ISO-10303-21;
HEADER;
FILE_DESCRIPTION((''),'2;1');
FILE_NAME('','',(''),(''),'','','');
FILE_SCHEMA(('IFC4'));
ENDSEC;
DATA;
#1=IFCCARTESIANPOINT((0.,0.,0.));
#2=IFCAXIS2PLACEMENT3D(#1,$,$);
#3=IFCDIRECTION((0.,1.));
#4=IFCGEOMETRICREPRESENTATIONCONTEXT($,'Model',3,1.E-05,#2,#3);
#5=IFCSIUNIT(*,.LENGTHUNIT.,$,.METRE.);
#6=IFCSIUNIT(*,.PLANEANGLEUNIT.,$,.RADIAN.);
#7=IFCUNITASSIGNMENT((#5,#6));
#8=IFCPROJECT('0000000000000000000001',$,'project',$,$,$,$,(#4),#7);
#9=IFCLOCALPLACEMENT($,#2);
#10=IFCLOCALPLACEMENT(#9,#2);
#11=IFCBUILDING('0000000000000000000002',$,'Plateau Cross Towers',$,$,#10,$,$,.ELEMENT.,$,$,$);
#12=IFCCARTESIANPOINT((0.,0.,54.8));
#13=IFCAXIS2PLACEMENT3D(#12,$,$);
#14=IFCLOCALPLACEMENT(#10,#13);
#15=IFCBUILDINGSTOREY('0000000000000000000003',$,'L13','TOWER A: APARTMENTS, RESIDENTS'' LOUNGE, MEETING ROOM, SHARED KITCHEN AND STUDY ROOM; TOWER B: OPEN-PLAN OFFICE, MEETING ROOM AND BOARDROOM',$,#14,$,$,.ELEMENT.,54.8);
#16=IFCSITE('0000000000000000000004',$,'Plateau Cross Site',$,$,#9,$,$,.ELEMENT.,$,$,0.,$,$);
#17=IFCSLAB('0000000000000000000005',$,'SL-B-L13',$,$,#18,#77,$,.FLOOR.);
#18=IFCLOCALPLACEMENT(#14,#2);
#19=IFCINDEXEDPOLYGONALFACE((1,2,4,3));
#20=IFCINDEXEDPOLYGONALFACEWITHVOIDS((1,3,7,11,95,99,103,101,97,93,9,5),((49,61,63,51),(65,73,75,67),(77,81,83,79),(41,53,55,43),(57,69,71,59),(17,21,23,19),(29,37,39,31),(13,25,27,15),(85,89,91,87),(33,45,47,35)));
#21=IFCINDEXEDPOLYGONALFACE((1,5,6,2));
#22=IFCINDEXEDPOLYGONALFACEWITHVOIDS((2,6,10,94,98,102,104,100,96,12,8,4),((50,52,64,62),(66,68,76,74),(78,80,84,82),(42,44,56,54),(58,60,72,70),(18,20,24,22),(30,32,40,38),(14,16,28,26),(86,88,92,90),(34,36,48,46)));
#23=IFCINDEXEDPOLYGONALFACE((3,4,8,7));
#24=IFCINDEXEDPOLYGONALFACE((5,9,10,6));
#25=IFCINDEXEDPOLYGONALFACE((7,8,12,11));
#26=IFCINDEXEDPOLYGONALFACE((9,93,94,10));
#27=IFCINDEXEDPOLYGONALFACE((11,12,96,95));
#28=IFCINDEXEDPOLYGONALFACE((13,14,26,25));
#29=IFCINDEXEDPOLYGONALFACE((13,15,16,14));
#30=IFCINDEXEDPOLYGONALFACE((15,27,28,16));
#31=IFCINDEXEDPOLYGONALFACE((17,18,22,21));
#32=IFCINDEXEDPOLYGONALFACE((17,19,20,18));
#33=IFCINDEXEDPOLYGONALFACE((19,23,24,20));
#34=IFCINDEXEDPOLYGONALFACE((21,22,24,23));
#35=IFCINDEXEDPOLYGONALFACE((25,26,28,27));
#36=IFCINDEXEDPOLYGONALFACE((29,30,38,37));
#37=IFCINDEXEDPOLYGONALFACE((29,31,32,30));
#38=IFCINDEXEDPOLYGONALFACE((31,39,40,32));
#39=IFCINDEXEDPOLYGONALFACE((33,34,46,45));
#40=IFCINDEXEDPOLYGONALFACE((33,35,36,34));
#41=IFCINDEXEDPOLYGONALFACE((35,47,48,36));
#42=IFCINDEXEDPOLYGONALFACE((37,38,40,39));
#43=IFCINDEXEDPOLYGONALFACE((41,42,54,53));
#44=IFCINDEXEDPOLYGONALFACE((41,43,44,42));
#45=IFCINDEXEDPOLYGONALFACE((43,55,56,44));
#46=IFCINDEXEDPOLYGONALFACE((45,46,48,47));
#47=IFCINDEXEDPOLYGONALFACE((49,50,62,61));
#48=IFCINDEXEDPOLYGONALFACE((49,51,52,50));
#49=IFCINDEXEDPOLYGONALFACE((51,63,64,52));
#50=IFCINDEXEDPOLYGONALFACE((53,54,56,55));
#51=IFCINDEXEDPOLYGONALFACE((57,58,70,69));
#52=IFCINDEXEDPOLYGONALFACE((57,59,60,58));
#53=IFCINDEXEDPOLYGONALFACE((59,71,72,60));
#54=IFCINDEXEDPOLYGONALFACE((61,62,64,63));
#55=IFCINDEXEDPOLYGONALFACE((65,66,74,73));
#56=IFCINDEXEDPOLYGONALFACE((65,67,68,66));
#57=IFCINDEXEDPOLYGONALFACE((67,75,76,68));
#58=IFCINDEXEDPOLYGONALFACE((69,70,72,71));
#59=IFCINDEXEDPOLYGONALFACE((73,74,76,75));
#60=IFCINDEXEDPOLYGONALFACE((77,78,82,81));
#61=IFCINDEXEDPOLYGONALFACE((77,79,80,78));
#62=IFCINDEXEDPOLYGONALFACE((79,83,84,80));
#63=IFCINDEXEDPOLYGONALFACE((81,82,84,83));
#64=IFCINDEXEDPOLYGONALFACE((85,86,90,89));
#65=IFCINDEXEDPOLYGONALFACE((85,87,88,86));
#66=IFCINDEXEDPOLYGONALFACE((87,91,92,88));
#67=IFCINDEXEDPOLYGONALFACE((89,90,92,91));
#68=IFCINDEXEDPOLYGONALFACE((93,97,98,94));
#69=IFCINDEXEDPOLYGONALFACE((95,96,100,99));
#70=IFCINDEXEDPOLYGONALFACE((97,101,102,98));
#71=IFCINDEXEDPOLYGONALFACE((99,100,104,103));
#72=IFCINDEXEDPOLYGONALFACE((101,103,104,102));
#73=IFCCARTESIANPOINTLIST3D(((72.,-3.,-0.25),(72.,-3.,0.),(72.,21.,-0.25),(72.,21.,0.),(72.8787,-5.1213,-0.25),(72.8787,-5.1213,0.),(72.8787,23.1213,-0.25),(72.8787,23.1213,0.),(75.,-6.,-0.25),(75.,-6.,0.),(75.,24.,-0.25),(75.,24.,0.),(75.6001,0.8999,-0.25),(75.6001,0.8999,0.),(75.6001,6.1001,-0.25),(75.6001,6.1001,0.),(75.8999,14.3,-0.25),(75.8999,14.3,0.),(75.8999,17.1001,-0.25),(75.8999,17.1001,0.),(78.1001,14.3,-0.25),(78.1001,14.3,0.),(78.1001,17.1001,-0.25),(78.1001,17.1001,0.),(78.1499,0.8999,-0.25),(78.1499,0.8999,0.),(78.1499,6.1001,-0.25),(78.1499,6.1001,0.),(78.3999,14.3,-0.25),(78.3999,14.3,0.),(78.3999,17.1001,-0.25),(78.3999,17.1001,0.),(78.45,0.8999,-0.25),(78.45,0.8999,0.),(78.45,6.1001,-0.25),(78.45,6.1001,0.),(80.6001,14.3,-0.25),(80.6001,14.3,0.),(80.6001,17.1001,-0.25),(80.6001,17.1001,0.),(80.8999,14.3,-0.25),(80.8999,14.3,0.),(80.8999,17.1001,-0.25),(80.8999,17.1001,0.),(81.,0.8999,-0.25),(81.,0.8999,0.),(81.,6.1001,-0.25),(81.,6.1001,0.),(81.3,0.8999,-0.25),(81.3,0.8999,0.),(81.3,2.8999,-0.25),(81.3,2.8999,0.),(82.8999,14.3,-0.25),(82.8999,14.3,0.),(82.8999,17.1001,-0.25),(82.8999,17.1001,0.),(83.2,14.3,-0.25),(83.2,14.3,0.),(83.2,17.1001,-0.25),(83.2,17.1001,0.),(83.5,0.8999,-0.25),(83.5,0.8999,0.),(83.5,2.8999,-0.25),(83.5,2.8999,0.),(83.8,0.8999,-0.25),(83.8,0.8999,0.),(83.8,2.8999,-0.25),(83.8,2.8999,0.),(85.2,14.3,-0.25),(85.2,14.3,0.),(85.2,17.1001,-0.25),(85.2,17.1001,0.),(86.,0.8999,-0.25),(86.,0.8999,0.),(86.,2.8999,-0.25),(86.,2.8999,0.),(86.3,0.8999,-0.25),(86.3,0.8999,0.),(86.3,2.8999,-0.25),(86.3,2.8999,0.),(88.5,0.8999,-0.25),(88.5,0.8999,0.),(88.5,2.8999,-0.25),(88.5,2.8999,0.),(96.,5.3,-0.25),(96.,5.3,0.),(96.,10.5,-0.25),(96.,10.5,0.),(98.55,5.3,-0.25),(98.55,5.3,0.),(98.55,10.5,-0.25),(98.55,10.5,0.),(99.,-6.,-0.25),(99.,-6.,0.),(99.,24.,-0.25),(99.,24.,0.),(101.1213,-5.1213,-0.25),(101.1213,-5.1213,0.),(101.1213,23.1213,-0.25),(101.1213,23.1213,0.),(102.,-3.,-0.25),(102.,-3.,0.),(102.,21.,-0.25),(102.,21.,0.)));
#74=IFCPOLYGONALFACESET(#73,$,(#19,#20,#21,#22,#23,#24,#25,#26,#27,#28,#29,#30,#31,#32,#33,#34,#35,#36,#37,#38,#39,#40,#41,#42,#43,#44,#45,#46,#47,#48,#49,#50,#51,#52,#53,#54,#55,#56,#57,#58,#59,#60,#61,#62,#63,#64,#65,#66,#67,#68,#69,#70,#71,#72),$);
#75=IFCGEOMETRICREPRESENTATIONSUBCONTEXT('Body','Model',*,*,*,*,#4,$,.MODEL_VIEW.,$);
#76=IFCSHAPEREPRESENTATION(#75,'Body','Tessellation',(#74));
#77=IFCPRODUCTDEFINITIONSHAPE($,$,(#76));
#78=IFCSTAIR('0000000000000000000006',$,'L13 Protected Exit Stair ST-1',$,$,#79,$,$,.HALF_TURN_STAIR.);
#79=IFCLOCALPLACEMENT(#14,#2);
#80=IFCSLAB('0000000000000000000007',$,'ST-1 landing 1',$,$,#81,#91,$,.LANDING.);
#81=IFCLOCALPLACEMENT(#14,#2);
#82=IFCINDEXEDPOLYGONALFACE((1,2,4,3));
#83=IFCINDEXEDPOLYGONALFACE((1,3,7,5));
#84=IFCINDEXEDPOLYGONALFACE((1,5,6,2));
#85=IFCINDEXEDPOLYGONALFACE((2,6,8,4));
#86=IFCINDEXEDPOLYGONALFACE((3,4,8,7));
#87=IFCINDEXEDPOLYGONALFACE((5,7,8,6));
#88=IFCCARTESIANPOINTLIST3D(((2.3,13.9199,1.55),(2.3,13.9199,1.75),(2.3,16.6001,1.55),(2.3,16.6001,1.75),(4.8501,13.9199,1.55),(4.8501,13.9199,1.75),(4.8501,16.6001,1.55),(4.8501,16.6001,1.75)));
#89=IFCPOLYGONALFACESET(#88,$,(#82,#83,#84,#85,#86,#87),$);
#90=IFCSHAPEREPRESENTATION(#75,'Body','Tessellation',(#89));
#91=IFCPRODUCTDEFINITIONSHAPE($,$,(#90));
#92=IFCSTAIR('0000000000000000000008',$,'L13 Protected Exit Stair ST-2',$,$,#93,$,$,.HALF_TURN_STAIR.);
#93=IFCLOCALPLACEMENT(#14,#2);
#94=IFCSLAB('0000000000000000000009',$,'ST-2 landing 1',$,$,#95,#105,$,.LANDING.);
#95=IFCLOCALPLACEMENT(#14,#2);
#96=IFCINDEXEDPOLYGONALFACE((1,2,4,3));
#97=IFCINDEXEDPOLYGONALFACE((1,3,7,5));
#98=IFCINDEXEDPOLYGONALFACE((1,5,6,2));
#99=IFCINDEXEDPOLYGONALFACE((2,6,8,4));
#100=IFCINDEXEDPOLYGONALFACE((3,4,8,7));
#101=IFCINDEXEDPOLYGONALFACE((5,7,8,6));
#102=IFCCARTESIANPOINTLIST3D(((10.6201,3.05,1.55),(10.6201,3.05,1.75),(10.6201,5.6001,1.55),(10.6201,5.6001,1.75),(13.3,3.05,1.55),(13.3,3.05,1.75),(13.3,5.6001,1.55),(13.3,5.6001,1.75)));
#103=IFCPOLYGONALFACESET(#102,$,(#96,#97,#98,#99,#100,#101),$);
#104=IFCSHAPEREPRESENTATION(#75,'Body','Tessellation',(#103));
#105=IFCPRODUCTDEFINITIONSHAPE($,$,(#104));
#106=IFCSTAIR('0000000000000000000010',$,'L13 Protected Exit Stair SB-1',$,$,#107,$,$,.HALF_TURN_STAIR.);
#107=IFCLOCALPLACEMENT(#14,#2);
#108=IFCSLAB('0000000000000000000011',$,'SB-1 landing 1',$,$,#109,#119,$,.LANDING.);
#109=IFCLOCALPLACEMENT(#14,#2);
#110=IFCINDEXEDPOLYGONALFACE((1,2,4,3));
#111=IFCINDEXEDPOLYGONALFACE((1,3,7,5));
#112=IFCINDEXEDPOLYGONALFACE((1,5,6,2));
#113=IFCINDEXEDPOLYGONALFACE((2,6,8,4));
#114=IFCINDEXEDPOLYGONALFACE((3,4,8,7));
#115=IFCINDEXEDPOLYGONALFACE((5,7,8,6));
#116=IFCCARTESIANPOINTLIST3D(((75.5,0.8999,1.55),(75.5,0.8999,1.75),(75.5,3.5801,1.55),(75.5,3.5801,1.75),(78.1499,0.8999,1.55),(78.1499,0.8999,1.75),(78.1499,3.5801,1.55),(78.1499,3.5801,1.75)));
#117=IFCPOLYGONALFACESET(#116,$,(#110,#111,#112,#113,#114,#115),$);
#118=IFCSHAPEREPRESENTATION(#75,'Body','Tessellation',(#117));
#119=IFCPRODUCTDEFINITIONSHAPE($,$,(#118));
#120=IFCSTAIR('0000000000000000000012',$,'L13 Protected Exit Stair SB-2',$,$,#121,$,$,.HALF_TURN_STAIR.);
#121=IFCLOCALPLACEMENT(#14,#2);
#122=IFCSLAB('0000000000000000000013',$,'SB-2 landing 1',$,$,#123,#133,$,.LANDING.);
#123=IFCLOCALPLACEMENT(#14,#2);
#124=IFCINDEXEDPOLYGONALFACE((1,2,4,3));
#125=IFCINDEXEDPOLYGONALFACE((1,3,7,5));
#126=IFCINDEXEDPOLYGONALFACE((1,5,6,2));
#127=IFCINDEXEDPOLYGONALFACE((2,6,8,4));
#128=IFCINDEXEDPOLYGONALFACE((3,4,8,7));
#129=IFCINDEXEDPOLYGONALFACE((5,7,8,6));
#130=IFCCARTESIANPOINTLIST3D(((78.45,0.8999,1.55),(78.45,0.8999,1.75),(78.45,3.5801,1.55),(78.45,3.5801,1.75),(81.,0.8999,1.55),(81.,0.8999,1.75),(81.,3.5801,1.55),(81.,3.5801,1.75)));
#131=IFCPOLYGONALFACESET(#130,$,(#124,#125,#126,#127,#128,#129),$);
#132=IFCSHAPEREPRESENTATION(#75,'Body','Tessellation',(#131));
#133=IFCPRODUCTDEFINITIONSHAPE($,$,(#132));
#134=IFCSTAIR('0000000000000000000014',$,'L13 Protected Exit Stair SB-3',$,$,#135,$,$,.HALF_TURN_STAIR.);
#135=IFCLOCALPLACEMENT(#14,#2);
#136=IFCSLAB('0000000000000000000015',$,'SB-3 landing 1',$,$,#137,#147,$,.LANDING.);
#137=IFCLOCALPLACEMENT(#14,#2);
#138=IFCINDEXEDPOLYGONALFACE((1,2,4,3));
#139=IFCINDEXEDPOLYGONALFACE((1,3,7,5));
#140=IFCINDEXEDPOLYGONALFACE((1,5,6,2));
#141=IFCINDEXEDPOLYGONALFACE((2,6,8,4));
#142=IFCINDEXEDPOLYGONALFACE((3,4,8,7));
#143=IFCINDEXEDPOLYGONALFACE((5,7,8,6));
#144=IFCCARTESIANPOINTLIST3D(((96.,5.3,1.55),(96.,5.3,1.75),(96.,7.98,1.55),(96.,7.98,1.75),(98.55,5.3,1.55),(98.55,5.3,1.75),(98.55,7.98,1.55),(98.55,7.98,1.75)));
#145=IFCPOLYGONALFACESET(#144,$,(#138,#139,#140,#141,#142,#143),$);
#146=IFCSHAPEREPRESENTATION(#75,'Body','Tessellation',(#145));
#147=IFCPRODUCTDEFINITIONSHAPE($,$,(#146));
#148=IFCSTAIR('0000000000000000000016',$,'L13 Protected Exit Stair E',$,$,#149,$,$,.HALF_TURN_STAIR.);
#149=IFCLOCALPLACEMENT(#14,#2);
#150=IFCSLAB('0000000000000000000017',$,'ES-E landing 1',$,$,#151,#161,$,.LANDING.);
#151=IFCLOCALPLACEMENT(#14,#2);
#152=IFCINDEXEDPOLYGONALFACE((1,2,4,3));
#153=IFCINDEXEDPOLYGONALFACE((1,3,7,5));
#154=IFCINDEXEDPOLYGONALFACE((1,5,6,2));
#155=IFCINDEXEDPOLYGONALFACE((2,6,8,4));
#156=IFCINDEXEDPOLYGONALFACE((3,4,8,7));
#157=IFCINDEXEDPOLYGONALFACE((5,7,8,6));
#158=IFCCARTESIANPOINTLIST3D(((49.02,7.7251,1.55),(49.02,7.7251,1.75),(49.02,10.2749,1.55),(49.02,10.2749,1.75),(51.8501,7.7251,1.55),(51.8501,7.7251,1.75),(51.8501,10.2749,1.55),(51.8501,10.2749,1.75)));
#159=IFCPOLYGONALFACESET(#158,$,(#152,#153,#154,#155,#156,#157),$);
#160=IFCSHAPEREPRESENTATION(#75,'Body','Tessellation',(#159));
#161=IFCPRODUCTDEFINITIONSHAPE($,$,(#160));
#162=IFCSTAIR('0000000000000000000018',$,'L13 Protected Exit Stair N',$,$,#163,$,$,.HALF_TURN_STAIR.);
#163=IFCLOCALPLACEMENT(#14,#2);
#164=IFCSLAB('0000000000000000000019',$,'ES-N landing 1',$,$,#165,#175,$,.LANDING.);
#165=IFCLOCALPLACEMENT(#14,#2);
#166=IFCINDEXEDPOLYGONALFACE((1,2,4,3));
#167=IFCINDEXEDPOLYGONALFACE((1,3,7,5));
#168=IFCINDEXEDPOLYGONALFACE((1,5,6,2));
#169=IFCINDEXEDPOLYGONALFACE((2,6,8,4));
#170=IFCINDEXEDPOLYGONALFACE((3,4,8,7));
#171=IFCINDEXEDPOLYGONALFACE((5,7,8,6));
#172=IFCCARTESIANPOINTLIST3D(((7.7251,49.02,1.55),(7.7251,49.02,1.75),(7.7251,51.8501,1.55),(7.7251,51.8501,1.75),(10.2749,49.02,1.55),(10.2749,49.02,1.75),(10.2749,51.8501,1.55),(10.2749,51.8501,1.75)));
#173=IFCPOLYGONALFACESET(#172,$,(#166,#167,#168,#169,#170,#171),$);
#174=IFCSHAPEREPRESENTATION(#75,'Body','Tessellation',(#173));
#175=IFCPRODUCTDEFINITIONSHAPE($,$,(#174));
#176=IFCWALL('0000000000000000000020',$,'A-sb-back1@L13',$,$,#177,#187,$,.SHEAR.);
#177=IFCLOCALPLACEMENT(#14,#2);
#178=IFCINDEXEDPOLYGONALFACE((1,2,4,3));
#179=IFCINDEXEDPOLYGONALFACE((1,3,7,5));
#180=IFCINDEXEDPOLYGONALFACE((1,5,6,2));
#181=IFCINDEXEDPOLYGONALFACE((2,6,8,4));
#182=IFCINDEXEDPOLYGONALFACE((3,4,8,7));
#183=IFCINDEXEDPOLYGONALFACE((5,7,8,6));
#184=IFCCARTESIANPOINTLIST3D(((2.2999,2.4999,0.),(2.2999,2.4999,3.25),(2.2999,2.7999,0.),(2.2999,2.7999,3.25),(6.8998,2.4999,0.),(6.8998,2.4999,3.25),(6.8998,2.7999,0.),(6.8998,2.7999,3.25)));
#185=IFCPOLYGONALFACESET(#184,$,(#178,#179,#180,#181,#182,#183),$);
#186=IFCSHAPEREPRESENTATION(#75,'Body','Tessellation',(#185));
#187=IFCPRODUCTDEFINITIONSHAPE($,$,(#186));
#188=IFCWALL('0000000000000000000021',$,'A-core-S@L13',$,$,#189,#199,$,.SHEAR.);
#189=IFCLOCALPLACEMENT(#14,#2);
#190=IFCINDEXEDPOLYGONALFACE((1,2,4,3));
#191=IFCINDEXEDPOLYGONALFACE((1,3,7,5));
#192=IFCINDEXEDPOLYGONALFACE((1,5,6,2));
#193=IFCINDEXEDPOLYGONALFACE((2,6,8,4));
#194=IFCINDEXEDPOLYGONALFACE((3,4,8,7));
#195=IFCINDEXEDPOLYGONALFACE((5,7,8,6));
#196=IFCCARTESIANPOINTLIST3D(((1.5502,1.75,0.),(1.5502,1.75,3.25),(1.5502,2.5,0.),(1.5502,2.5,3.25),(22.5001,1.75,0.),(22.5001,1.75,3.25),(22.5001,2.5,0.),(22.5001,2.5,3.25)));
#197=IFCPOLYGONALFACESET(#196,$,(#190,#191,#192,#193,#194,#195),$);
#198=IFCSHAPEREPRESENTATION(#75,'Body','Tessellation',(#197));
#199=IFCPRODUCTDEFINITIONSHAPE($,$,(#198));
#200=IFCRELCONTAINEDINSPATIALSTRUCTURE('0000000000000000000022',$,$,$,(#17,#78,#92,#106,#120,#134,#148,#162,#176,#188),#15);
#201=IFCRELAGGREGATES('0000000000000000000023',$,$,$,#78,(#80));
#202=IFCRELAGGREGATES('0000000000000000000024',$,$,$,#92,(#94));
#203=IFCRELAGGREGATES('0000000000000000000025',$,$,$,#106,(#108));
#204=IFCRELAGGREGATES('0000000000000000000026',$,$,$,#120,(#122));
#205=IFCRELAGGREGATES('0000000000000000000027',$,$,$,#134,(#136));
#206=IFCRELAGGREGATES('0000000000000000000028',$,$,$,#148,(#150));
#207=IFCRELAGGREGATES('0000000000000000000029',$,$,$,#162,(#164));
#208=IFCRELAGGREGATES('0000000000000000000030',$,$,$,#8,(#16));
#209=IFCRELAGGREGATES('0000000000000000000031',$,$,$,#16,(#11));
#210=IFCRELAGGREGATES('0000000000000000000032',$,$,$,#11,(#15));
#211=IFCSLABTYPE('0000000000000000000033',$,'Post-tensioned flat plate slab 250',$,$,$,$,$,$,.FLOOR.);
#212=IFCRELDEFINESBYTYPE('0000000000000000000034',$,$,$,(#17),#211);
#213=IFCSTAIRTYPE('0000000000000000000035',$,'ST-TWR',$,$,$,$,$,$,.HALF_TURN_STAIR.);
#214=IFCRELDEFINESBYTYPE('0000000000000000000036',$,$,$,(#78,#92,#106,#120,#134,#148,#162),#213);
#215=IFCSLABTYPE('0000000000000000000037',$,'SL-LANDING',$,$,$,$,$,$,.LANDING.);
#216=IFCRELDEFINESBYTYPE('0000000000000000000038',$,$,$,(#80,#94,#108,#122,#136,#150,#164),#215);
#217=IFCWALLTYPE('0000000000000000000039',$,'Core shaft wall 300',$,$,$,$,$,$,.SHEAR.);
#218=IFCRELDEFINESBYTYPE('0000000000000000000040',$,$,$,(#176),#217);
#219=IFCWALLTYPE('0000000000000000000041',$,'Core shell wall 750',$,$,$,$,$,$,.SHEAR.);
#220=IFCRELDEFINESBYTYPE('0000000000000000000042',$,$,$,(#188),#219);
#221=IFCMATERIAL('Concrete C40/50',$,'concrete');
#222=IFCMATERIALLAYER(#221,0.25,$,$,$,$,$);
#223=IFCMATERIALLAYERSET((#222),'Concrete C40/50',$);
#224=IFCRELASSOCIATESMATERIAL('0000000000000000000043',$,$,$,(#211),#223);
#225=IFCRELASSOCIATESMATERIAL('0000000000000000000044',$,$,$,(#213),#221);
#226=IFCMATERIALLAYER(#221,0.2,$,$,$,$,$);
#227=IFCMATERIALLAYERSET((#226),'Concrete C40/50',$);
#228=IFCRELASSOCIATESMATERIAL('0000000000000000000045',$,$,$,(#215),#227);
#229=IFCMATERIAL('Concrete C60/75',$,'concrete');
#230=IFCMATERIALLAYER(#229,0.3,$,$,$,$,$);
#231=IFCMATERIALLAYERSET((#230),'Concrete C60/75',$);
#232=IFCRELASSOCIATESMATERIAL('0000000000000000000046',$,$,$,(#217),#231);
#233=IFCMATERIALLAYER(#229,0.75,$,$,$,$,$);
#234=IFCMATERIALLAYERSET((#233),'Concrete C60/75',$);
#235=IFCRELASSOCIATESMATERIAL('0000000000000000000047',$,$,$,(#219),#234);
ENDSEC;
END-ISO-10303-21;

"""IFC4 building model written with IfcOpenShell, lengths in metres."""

from ifc_helpers import new_model, si_unit, direction, frame, frame_2d, origin, place, context, subcontext, project, spatial, polyline, rectangle, outline, extrude, material, layer, layer_set, type_object, element, aggregate, save


model = new_model("IFC4")

# Units and contexts
model_context = context("Model", 3, precision=1e-05, world=origin(), true_north=direction((0.0, 1.0)))
body_context = subcontext(model_context, "Body", "Model", "MODEL_VIEW")
ifc_project = project(units=[si_unit("LENGTHUNIT", "METRE"), si_unit("PLANEANGLEUNIT", "RADIAN")], contexts=[model_context])

# Site, building, storey
site_placement = place(None, origin())
site = spatial("IfcSite", under=ifc_project, at=site_placement, Name="Plateau Cross Site", CompositionType="ELEMENT", RefElevation=0.0)
building_placement = place(site_placement, origin())
building = spatial("IfcBuilding", under=site, at=building_placement, Name="Plateau Cross Towers", CompositionType="ELEMENT")
storey_placement = place(building_placement, frame((0.0, 0.0, 54.8)))
storey = spatial("IfcBuildingStorey", under=building, at=storey_placement, Name="L13", Description="TOWER A: APARTMENTS, RESIDENTS' LOUNGE, MEETING ROOM, SHARED KITCHEN AND STUDY ROOM; TOWER B: OPEN-PLAN OFFICE, MEETING ROOM AND BOARDROOM", CompositionType="ELEMENT", Elevation=54.8)

# Shared definitions
ifc_material_1 = material(Name="Concrete C60/75", Category="concrete")

# Shared definitions
ifc_material_2 = material(Name="Concrete C40/50", Category="concrete")

# Slab
ifc_layer_1 = layer(ifc_material_2, 0.25)
ifc_layer_set_1 = layer_set([ifc_layer_1], Name="Concrete C40/50")
slab_type_1 = type_object("IfcSlabType", Name="Post-tensioned flat plate slab 250", PredefinedType="FLOOR", material=ifc_layer_set_1)
slab_1_placement = place(storey_placement, frame((0.0, 0.0, -0.25)))
element("IfcSlab", 1, at=slab_1_placement, inside=storey, type_object=slab_type_1, Name="SL-B-L13", PredefinedType="FLOOR", context=body_context, shape_type="SweptSolid", body=[
    extrude(outline(polyline([(72.8787, -5.1213), (72.0, -3.0), (72.0, 21.0), (72.8787, 23.1213), (75.0, 24.0), (99.0, 24.0), (101.1213, 23.1213), (102.0, 21.0), (102.0, -3.0), (101.1213, -5.1213), (99.0, -6.0), (75.0, -6.0), (72.8787, -5.1213)]), holes=[polyline([(75.6001, 0.8999), (78.1499, 0.8999), (78.1499, 6.1001), (75.6001, 6.1001), (75.6001, 0.8999)]), polyline([(78.1001, 14.3), (78.1001, 17.1001), (75.8999, 17.1001), (75.8999, 14.3), (78.1001, 14.3)]), polyline([(83.5, 0.8999), (83.5, 2.8999), (81.3, 2.8999), (81.3, 0.8999), (83.5, 0.8999)]), polyline([(86.0, 0.8999), (86.0, 2.8999), (83.8, 2.8999), (83.8, 0.8999), (86.0, 0.8999)]), polyline([(88.5, 0.8999), (88.5, 2.8999), (86.3, 2.8999), (86.3, 0.8999), (88.5, 0.8999)]), polyline([(78.45, 0.8999), (81.0, 0.8999), (81.0, 6.1001), (78.45, 6.1001), (78.45, 0.8999)]), polyline([(96.0, 5.3), (98.55, 5.3), (98.55, 10.5), (96.0, 10.5), (96.0, 5.3)]), polyline([(80.6001, 14.3), (80.6001, 17.1001), (78.3999, 17.1001), (78.3999, 14.3), (80.6001, 14.3)]), polyline([(80.8999, 14.3), (82.8999, 14.3), (82.8999, 17.1001), (80.8999, 17.1001), (80.8999, 14.3)]), polyline([(83.2, 14.3), (85.2, 14.3), (85.2, 17.1001), (83.2, 17.1001), (83.2, 14.3)])]), origin(), (0.0, 0.0, 1.0), 0.25),
])

# Stairs, slabs
stair_type = type_object("IfcStairType", Name="ST-TWR", PredefinedType="HALF_TURN_STAIR", material=ifc_material_2)
stair_1_placement = place(storey_placement, origin())
stair_1 = element("IfcStair", 2, at=stair_1_placement, inside=storey, type_object=stair_type, Name="L13 Protected Exit Stair ST-1", PredefinedType="HALF_TURN_STAIR")
ifc_layer_2 = layer(ifc_material_2, 0.2)
ifc_layer_set_2 = layer_set([ifc_layer_2], Name="Concrete C40/50")
slab_type_2 = type_object("IfcSlabType", Name="SL-LANDING", PredefinedType="LANDING", material=ifc_layer_set_2)
slab_2_placement = place(storey_placement, frame((0.0, 0.0, 1.55)))
slab_2 = element("IfcSlab", 3, at=slab_2_placement, type_object=slab_type_2, Name="ST-1 landing 1", PredefinedType="LANDING", context=body_context, shape_type="SweptSolid", body=[
    extrude(outline(polyline([(4.8501, 13.9199), (4.8501, 16.6001), (2.3, 16.6001), (2.3, 13.9199), (4.8501, 13.9199)])), origin(), (0.0, 0.0, 1.0), 0.2),
])
aggregate(stair_1, [slab_2])
stair_2_placement = place(storey_placement, origin())
stair_2 = element("IfcStair", 4, at=stair_2_placement, inside=storey, type_object=stair_type, Name="L13 Protected Exit Stair ST-2", PredefinedType="HALF_TURN_STAIR")
slab_3_placement = place(storey_placement, frame((0.0, 0.0, 1.55)))
slab_3 = element("IfcSlab", 5, at=slab_3_placement, type_object=slab_type_2, Name="ST-2 landing 1", PredefinedType="LANDING", context=body_context, shape_type="SweptSolid", body=[
    extrude(outline(polyline([(10.6201, 3.05), (13.3, 3.05), (13.3, 5.6001), (10.6201, 5.6001), (10.6201, 3.05)])), origin(), (0.0, 0.0, 1.0), 0.2),
])
aggregate(stair_2, [slab_3])
stair_3_placement = place(storey_placement, origin())
stair_3 = element("IfcStair", 6, at=stair_3_placement, inside=storey, type_object=stair_type, Name="L13 Protected Exit Stair SB-1", PredefinedType="HALF_TURN_STAIR")
slab_4_placement = place(storey_placement, frame((0.0, 0.0, 1.55)))
slab_4 = element("IfcSlab", 7, at=slab_4_placement, type_object=slab_type_2, Name="SB-1 landing 1", PredefinedType="LANDING", context=body_context, shape_type="SweptSolid", body=[
    extrude(outline(polyline([(75.5, 3.5801), (75.5, 0.8999), (78.1499, 0.8999), (78.1499, 3.5801), (75.5, 3.5801)])), origin(), (0.0, 0.0, 1.0), 0.2),
])
aggregate(stair_3, [slab_4])
stair_4_placement = place(storey_placement, origin())
stair_4 = element("IfcStair", 8, at=stair_4_placement, inside=storey, type_object=stair_type, Name="L13 Protected Exit Stair SB-2", PredefinedType="HALF_TURN_STAIR")
slab_5_placement = place(storey_placement, frame((0.0, 0.0, 1.55)))
slab_5 = element("IfcSlab", 9, at=slab_5_placement, type_object=slab_type_2, Name="SB-2 landing 1", PredefinedType="LANDING", context=body_context, shape_type="SweptSolid", body=[
    extrude(outline(polyline([(78.45, 3.5801), (78.45, 0.8999), (81.0, 0.8999), (81.0, 3.5801), (78.45, 3.5801)])), origin(), (0.0, 0.0, 1.0), 0.2),
])
aggregate(stair_4, [slab_5])
stair_5_placement = place(storey_placement, origin())
stair_5 = element("IfcStair", 10, at=stair_5_placement, inside=storey, type_object=stair_type, Name="L13 Protected Exit Stair SB-3", PredefinedType="HALF_TURN_STAIR")
slab_6_placement = place(storey_placement, frame((0.0, 0.0, 1.55)))
slab_6 = element("IfcSlab", 11, at=slab_6_placement, type_object=slab_type_2, Name="SB-3 landing 1", PredefinedType="LANDING", context=body_context, shape_type="SweptSolid", body=[
    extrude(outline(polyline([(96.0, 7.98), (96.0, 5.3), (98.55, 5.3), (98.55, 7.98), (96.0, 7.98)])), origin(), (0.0, 0.0, 1.0), 0.2),
])
aggregate(stair_5, [slab_6])
stair_6_placement = place(storey_placement, origin())
stair_6 = element("IfcStair", 12, at=stair_6_placement, inside=storey, type_object=stair_type, Name="L13 Protected Exit Stair E", PredefinedType="HALF_TURN_STAIR")
slab_7_placement = place(storey_placement, frame((0.0, 0.0, 1.55)))
slab_7 = element("IfcSlab", 13, at=slab_7_placement, type_object=slab_type_2, Name="ES-E landing 1", PredefinedType="LANDING", context=body_context, shape_type="SweptSolid", body=[
    extrude(outline(polyline([(49.02, 7.7251), (51.8501, 7.7251), (51.8501, 10.2749), (49.02, 10.2749), (49.02, 7.7251)])), origin(), (0.0, 0.0, 1.0), 0.2),
])
aggregate(stair_6, [slab_7])
stair_7_placement = place(storey_placement, origin())
stair_7 = element("IfcStair", 14, at=stair_7_placement, inside=storey, type_object=stair_type, Name="L13 Protected Exit Stair N", PredefinedType="HALF_TURN_STAIR")
slab_8_placement = place(storey_placement, frame((0.0, 0.0, 1.55)))
slab_8 = element("IfcSlab", 15, at=slab_8_placement, type_object=slab_type_2, Name="ES-N landing 1", PredefinedType="LANDING", context=body_context, shape_type="SweptSolid", body=[
    extrude(outline(polyline([(10.2749, 49.02), (10.2749, 51.8501), (7.7251, 51.8501), (7.7251, 49.02), (10.2749, 49.02)])), origin(), (0.0, 0.0, 1.0), 0.2),
])
aggregate(stair_7, [slab_8])

# Walls
ifc_layer_3 = layer(ifc_material_1, 0.3)
ifc_layer_set_3 = layer_set([ifc_layer_3], Name="Concrete C60/75")
wall_type_1 = type_object("IfcWallType", Name="Core shaft wall 300", PredefinedType="SHEAR", material=ifc_layer_set_3)
wall_1_placement = place(storey_placement, frame((2.3, 2.6499, 0.0), z_axis=(0.0, 0.0, 1.0), x_axis=(1.0, 0.0, 0.0)))
element("IfcWall", 16, at=wall_1_placement, inside=storey, type_object=wall_type_1, Name="A-sb-back1@L13", PredefinedType="SHEAR", context=body_context, shape_type="SweptSolid", body=[
    extrude(rectangle(XDim=4.5999, YDim=0.3, at=frame_2d((2.2998, 0.0))), origin(), (0.0, 0.0, 1.0), 3.25),
])
ifc_layer_4 = layer(ifc_material_1, 0.75)
ifc_layer_set_4 = layer_set([ifc_layer_4], Name="Concrete C60/75")
wall_type_2 = type_object("IfcWallType", Name="Core shell wall 750", PredefinedType="SHEAR", material=ifc_layer_set_4)
wall_2_placement = place(storey_placement, frame((1.55, 2.125, 0.0), z_axis=(0.0, 0.0, 1.0), x_axis=(1.0, 0.0, 0.0)))
element("IfcWall", 17, at=wall_2_placement, inside=storey, type_object=wall_type_2, Name="A-core-S@L13", PredefinedType="SHEAR", context=body_context, shape_type="SweptSolid", body=[
    extrude(rectangle(XDim=20.95, YDim=0.75, at=frame_2d((10.4751, 0.0))), origin(), (0.0, 0.0, 1.0), 3.25),
])

save(model, "model.ifc")
